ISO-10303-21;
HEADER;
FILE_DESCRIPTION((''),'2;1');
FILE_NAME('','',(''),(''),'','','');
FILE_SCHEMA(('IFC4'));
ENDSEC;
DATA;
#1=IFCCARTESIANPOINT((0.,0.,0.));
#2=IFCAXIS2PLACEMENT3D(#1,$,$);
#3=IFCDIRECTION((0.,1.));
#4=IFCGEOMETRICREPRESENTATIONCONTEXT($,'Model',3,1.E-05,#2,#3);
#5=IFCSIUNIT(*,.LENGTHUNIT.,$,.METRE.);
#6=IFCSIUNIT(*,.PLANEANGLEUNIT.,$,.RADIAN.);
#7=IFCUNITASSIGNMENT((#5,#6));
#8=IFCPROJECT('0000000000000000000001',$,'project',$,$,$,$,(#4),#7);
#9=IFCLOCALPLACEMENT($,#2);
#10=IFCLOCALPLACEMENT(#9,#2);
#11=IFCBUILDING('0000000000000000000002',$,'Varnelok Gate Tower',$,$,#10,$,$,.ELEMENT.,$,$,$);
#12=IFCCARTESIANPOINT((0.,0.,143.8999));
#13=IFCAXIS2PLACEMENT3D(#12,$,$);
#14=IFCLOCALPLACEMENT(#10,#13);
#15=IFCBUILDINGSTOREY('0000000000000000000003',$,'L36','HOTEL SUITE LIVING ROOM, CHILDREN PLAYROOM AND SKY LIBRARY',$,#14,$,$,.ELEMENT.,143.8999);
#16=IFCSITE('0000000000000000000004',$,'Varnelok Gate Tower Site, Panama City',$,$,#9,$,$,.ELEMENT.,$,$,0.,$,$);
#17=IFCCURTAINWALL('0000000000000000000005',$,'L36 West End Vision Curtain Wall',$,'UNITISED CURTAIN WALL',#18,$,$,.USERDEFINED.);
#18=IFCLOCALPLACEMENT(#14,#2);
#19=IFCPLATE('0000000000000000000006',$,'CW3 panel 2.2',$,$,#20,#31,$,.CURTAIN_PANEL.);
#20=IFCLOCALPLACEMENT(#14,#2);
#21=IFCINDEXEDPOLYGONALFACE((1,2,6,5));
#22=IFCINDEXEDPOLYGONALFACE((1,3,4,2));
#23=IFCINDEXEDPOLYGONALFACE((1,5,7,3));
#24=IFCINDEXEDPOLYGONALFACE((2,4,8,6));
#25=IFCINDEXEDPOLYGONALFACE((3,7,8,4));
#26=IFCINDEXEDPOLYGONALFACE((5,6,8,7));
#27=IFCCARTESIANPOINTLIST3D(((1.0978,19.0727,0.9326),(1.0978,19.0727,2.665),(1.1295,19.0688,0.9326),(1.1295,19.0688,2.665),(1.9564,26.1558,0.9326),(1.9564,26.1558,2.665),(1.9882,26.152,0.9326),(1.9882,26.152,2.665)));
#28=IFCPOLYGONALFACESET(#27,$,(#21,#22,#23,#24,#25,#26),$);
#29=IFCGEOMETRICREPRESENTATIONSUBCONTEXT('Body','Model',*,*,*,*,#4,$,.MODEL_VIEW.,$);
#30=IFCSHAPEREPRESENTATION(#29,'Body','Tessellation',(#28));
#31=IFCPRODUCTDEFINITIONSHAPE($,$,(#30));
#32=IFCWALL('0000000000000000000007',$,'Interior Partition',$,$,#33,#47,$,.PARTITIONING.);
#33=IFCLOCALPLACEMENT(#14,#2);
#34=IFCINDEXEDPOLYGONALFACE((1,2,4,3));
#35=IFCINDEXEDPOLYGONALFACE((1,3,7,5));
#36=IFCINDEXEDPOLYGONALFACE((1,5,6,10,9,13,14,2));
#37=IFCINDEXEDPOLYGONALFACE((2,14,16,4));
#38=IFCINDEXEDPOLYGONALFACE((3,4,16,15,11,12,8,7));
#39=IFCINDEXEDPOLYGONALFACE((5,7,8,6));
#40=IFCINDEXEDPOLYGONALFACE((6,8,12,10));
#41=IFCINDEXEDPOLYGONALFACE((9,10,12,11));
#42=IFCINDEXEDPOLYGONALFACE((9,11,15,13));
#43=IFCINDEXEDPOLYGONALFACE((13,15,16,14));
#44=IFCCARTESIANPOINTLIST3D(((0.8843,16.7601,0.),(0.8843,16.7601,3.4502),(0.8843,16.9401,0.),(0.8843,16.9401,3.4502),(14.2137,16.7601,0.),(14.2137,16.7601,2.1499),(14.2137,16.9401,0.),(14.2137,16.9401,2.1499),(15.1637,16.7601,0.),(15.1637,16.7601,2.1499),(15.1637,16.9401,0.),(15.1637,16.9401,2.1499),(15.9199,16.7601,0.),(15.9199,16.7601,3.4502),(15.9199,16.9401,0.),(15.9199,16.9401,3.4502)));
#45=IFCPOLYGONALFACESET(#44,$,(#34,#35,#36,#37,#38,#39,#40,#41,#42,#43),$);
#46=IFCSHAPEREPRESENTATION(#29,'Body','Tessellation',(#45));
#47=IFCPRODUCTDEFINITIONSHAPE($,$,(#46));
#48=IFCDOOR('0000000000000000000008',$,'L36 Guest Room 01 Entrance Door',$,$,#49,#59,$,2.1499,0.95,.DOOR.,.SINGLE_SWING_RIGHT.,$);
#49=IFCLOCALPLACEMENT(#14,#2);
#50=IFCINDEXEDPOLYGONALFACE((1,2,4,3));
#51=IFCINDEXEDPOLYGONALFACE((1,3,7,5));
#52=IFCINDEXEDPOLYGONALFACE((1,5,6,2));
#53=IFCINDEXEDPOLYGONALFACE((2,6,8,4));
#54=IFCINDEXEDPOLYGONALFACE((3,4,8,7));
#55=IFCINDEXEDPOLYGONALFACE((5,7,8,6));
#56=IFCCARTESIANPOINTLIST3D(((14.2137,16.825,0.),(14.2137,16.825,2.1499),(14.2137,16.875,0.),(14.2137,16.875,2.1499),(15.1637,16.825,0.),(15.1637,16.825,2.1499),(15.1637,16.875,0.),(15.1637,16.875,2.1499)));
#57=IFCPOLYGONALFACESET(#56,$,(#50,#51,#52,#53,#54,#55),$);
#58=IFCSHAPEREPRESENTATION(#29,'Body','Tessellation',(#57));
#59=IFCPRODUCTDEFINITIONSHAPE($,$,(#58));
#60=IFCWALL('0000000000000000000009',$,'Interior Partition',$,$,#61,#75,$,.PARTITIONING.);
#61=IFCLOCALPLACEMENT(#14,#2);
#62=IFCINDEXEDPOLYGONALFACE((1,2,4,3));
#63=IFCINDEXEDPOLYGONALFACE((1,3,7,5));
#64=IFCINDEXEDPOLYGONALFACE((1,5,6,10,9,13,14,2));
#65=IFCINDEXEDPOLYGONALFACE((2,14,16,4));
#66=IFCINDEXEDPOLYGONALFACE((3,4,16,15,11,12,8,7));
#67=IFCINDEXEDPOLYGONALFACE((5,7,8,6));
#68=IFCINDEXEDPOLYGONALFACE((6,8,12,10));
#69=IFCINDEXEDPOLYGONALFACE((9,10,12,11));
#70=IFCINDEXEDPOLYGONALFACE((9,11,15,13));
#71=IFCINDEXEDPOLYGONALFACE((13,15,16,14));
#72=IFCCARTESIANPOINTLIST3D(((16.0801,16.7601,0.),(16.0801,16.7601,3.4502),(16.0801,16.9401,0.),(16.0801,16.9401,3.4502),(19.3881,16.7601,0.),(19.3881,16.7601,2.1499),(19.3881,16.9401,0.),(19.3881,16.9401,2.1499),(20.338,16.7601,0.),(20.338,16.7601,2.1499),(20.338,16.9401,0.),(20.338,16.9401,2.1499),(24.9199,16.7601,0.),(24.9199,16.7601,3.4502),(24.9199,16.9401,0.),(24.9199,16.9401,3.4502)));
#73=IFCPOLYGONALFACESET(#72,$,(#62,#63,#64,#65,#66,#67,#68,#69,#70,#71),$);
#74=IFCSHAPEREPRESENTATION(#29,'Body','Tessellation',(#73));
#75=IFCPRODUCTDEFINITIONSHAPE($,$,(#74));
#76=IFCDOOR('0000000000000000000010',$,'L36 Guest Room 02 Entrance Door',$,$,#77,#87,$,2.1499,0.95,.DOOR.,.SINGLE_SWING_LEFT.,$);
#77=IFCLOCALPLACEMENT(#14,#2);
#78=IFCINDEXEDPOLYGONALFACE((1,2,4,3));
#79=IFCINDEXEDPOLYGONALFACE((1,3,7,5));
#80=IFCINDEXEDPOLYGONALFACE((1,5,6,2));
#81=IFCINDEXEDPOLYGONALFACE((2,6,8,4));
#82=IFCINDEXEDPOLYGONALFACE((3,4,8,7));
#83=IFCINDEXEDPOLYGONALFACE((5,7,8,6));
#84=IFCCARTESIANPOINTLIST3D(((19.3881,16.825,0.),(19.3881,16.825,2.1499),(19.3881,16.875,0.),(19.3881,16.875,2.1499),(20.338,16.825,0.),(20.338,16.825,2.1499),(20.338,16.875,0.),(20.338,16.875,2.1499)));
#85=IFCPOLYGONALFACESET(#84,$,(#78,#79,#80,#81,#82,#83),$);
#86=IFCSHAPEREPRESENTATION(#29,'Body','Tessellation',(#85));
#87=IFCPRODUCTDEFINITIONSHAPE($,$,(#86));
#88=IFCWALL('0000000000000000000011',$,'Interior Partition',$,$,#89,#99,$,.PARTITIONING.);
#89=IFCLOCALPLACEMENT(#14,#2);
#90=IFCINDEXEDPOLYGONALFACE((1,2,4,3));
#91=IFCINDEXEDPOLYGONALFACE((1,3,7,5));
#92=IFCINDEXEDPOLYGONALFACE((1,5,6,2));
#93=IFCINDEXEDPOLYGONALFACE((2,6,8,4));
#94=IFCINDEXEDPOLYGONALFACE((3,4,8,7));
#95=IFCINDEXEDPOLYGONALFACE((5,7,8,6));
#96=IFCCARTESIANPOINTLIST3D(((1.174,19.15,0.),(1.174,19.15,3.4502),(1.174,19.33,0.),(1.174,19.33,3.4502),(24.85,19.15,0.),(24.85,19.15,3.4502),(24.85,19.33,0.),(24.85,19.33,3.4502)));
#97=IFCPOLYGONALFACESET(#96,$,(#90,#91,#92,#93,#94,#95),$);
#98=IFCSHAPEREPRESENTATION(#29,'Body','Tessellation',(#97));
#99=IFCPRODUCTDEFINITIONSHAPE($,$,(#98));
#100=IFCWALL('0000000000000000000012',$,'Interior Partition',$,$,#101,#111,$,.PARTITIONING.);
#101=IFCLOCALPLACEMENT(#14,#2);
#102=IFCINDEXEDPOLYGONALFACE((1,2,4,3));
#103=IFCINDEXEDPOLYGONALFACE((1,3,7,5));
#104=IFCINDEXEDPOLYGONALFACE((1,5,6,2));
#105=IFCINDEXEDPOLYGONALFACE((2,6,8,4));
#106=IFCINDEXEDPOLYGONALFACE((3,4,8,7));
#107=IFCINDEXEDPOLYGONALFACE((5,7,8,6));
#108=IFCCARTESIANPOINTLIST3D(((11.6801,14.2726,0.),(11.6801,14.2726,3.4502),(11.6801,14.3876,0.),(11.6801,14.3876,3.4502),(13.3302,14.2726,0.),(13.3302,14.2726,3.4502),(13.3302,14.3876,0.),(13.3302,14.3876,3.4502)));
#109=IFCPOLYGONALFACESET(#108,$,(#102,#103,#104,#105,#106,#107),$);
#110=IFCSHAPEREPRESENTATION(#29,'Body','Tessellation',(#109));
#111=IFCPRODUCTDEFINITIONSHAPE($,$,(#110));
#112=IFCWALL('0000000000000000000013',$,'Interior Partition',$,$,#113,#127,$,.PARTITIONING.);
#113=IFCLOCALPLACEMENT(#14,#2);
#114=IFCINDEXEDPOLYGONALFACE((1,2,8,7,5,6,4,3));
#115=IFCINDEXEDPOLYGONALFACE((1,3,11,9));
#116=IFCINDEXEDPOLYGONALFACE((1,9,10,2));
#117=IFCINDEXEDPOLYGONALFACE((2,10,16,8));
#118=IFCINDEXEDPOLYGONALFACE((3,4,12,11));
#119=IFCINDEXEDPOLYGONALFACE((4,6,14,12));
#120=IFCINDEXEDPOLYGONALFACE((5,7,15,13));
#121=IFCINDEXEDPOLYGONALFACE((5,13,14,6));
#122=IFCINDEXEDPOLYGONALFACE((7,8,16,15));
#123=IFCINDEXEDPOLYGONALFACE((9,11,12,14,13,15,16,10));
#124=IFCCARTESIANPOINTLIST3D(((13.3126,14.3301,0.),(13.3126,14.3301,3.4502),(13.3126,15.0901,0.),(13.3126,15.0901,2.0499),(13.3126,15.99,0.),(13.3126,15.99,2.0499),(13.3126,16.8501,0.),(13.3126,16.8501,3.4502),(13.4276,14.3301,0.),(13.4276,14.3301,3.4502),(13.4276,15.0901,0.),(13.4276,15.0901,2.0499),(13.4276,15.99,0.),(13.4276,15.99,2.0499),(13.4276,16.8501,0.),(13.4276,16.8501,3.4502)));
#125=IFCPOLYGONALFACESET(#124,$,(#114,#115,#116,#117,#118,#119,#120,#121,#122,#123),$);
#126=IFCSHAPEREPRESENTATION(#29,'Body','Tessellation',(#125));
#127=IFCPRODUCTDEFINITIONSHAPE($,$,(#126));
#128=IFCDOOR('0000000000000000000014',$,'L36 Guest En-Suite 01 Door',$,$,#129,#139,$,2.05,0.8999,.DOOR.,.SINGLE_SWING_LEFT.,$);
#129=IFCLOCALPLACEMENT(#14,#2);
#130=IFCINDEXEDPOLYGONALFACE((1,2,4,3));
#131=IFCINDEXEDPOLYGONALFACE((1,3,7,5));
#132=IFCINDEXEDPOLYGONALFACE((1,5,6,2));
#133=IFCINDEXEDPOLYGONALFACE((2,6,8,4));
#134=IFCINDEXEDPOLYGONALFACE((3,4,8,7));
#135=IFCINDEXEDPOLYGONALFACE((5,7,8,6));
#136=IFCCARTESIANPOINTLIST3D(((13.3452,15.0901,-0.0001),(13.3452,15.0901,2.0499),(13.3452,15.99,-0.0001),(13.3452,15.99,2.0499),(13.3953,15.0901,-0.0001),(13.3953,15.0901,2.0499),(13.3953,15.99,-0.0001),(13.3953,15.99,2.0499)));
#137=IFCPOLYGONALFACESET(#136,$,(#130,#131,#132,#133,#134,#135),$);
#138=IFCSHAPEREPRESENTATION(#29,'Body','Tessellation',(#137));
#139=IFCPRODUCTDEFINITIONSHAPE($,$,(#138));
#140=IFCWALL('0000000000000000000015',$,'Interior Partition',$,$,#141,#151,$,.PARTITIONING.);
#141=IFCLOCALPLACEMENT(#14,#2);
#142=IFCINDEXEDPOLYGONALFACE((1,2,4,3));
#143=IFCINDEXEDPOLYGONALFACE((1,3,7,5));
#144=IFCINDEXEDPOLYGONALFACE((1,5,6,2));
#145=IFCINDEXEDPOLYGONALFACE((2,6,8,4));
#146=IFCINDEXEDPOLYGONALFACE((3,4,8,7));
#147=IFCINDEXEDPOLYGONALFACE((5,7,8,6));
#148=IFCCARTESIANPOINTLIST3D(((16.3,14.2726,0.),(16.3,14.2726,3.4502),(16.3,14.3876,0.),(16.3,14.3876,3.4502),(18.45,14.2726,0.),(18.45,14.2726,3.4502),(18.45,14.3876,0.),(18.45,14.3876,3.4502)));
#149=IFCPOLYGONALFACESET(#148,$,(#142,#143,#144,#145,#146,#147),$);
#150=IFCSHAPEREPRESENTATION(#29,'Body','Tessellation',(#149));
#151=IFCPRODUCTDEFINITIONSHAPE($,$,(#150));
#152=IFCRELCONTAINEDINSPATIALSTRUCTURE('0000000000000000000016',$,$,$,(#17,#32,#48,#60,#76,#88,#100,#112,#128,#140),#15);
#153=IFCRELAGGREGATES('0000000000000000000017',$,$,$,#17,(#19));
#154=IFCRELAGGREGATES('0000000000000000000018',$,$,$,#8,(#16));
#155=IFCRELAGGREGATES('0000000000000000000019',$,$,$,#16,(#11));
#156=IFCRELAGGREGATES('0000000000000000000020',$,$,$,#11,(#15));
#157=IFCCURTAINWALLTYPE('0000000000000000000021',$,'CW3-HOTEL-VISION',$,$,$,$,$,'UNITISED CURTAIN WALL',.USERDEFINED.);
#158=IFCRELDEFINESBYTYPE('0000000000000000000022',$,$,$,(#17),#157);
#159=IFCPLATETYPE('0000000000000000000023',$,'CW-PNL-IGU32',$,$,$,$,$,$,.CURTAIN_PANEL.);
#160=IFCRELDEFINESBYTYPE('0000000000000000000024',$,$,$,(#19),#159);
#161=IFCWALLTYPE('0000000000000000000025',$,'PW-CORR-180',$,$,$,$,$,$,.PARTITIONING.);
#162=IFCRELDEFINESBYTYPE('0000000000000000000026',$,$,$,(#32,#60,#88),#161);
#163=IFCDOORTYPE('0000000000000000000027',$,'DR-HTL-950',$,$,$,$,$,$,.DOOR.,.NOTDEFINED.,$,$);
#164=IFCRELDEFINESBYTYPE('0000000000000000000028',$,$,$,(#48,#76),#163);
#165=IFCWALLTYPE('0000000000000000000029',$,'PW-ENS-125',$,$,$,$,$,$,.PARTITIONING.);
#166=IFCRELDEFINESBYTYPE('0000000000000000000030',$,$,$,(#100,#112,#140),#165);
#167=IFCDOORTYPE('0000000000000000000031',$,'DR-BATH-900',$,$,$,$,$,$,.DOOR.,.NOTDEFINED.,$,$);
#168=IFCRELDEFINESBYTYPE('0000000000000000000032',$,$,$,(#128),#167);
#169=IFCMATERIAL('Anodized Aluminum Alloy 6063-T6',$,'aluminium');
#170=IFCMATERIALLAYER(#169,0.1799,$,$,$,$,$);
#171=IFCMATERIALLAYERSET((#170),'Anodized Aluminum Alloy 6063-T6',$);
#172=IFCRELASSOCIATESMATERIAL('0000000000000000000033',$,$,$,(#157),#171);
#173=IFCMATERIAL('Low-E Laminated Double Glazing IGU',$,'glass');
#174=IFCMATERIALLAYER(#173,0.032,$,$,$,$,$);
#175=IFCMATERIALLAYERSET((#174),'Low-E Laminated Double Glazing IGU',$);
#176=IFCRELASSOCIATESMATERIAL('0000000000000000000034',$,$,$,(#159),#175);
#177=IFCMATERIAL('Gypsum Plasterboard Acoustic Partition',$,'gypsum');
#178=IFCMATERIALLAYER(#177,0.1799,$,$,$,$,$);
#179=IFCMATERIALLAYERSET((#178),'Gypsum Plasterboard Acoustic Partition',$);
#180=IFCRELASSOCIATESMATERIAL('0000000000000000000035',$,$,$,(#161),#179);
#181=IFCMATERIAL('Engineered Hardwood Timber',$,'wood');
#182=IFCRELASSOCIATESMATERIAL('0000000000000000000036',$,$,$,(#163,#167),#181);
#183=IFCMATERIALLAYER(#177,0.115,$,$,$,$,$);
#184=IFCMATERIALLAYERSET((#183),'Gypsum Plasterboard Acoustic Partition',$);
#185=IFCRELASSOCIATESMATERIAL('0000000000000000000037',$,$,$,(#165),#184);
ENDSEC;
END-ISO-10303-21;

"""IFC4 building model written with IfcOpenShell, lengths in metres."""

from ifc_helpers import new_model, si_unit, direction, frame, frame_2d, origin, origin_2d, place, context, subcontext, project, spatial, rectangle, extrude, source, transform, mapped, material, layer, layer_set, type_object, element, fill, aggregate, save


model = new_model("IFC4")

# Units and contexts
model_context = context("Model", 3, precision=1e-05, world=origin(), true_north=direction((0.0, 1.0)))
body_context = subcontext(model_context, "Body", "Model", "MODEL_VIEW")
ifc_project = project(units=[si_unit("LENGTHUNIT", "METRE"), si_unit("PLANEANGLEUNIT", "RADIAN")], contexts=[model_context])

# Site, building, storey
site_placement = place(None, origin())
site = spatial("IfcSite", under=ifc_project, at=site_placement, Name="Varnelok Gate Tower Site, Panama City", CompositionType="ELEMENT", RefElevation=0.0)
building_placement = place(site_placement, origin())
building = spatial("IfcBuilding", under=site, at=building_placement, Name="Varnelok Gate Tower", CompositionType="ELEMENT")
storey_placement = place(building_placement, frame((0.0, 0.0, 143.8999)))
storey = spatial("IfcBuildingStorey", under=building, at=storey_placement, Name="L36", Description="HOTEL SUITE LIVING ROOM, CHILDREN PLAYROOM AND SKY LIBRARY", CompositionType="ELEMENT", Elevation=143.8999)

# Curtain wall, plate
ifc_material_1 = material(Name="Anodized Aluminum Alloy 6063-T6", Category="aluminium")
ifc_layer_1 = layer(ifc_material_1, 0.1799)
ifc_layer_set_1 = layer_set([ifc_layer_1], Name="Anodized Aluminum Alloy 6063-T6")
curtain_wall_type = type_object("IfcCurtainWallType", Name="CW3-HOTEL-VISION", ElementType="UNITISED CURTAIN WALL", PredefinedType="USERDEFINED", material=ifc_layer_set_1)
curtain_wall_placement = place(storey_placement, origin())
curtain_wall = element("IfcCurtainWall", 1, at=curtain_wall_placement, inside=storey, type_object=curtain_wall_type, Name="L36 West End Vision Curtain Wall", ObjectType="UNITISED CURTAIN WALL", PredefinedType="USERDEFINED")
ifc_material_2 = material(Name="Low-E Laminated Double Glazing IGU", Category="glass")
ifc_layer_2 = layer(ifc_material_2, 0.032)
ifc_layer_set_2 = layer_set([ifc_layer_2], Name="Low-E Laminated Double Glazing IGU")
plate_type = type_object("IfcPlateType", Name="CW-PNL-IGU32", PredefinedType="CURTAIN_PANEL", material=ifc_layer_set_2)
shared_shape_1 = source(origin(), body_context, "Body", "SweptSolid", [
    extrude(rectangle(XDim=7.135, YDim=0.032, at=origin_2d()), origin(), (0.0, 0.0, 1.0), 1.7324),
])
plate_1_placement = place(storey_placement, frame((1.543, 22.6123, 0.9326), z_axis=(0.0, 0.0, 1.0), x_axis=(0.120347, 0.992732, 0.0)))
plate_1 = element("IfcPlate", 2, at=plate_1_placement, type_object=plate_type, Name="CW3 panel 2.2", PredefinedType="CURTAIN_PANEL", context=body_context, shape_type="MappedRepresentation", body=[
    mapped(shared_shape_1, transform((0.0, 0.0, 0.0), scale=1.0)),
])
aggregate(curtain_wall, [plate_1])

# Walls, openings, doors
ifc_material_3 = material(Name="Gypsum Plasterboard Acoustic Partition", Category="gypsum")
ifc_layer_3 = layer(ifc_material_3, 0.1799)
ifc_layer_set_3 = layer_set([ifc_layer_3], Name="Gypsum Plasterboard Acoustic Partition")
wall_type_1 = type_object("IfcWallType", Name="PW-CORR-180", PredefinedType="PARTITIONING", material=ifc_layer_set_3)
wall_1_placement = place(storey_placement, frame((0.8843, 16.8501, 0.0), z_axis=(0.0, 0.0, 1.0), x_axis=(1.0, 0.0, 0.0)))
wall_1 = element("IfcWall", 3, at=wall_1_placement, inside=storey, type_object=wall_type_1, Name="Interior Partition", PredefinedType="PARTITIONING", context=body_context, shape_type="SweptSolid", body=[
    extrude(rectangle(XDim=15.0356, YDim=0.1799, at=frame_2d((7.5178, 0.0))), origin(), (0.0, 0.0, 1.0), 3.4502),
])
opening_1_placement = place(wall_1_placement, frame((13.3293, 0.0, 0.0)))
opening_1 = element("IfcOpeningElement", 4, at=opening_1_placement, cuts=wall_1, PredefinedType="OPENING", context=body_context, shape_type="SweptSolid", body=[
    extrude(rectangle(XDim=0.95, YDim=2.1499, at=frame_2d((0.4751, 1.075))), frame((0.0, 0.0999, 0.0), z_axis=(0.0, -1.0, 0.0), x_axis=(1.0, 0.0, 0.0)), (0.0, 0.0, 1.0), 0.2),
])
ifc_material_4 = material(Name="Engineered Hardwood Timber", Category="wood")
door_type_1 = type_object("IfcDoorType", Name="DR-HTL-950", OperationType="NOTDEFINED", PredefinedType="DOOR", material=ifc_material_4)
door_1_placement = place(opening_1_placement, origin())
door_1 = element("IfcDoor", 5, at=door_1_placement, inside=storey, type_object=door_type_1, Name="L36 Guest Room 01 Entrance Door", OperationType="SINGLE_SWING_RIGHT", OverallHeight=2.1499, OverallWidth=0.95, PredefinedType="DOOR", context=body_context, shape_type="SweptSolid", body=[
    extrude(rectangle(XDim=0.95, YDim=2.1499, at=frame_2d((0.4751, 1.075))), frame((0.0, 0.0249, 0.0), z_axis=(0.0, -1.0, 0.0), x_axis=(1.0, 0.0, 0.0)), (0.0, 0.0, 1.0), 0.05),
])
fill(opening_1, door_1)
wall_2_placement = place(storey_placement, frame((16.0801, 16.8501, 0.0), z_axis=(0.0, 0.0, 1.0), x_axis=(1.0, 0.0, 0.0)))
wall_2 = element("IfcWall", 6, at=wall_2_placement, inside=storey, type_object=wall_type_1, Name="Interior Partition", PredefinedType="PARTITIONING", context=body_context, shape_type="SweptSolid", body=[
    extrude(rectangle(XDim=8.8398, YDim=0.1799, at=frame_2d((4.4199, 0.0))), origin(), (0.0, 0.0, 1.0), 3.4502),
])
opening_2_placement = place(wall_2_placement, frame((3.3079, 0.0, 0.0)))
opening_2 = element("IfcOpeningElement", 7, at=opening_2_placement, cuts=wall_2, PredefinedType="OPENING", context=body_context, shape_type="SweptSolid", body=[
    extrude(rectangle(XDim=0.95, YDim=2.1499, at=frame_2d((0.4751, 1.075))), frame((0.0, 0.0999, 0.0), z_axis=(0.0, -1.0, 0.0), x_axis=(1.0, 0.0, 0.0)), (0.0, 0.0, 1.0), 0.2),
])
door_2_placement = place(opening_2_placement, origin())
door_2 = element("IfcDoor", 8, at=door_2_placement, inside=storey, type_object=door_type_1, Name="L36 Guest Room 02 Entrance Door", OperationType="SINGLE_SWING_LEFT", OverallHeight=2.1499, OverallWidth=0.95, PredefinedType="DOOR", context=body_context, shape_type="SweptSolid", body=[
    extrude(rectangle(XDim=0.95, YDim=2.1499, at=frame_2d((0.4751, 1.075))), frame((0.0, 0.0249, 0.0), z_axis=(0.0, -1.0, 0.0), x_axis=(1.0, 0.0, 0.0)), (0.0, 0.0, 1.0), 0.05),
])
fill(opening_2, door_2)

# Walls
wall_3_placement = place(storey_placement, frame((1.1741, 19.24, 0.0), z_axis=(0.0, 0.0, 1.0), x_axis=(1.0, 0.0, 0.0)))
element("IfcWall", 9, at=wall_3_placement, inside=storey, type_object=wall_type_1, Name="Interior Partition", PredefinedType="PARTITIONING", context=body_context, shape_type="SweptSolid", body=[
    extrude(rectangle(XDim=23.676, YDim=0.1799, at=frame_2d((11.8379, 0.0))), origin(), (0.0, 0.0, 1.0), 3.4502),
])
ifc_layer_4 = layer(ifc_material_3, 0.115)
ifc_layer_set_4 = layer_set([ifc_layer_4], Name="Gypsum Plasterboard Acoustic Partition")
wall_type_2 = type_object("IfcWallType", Name="PW-ENS-125", PredefinedType="PARTITIONING", material=ifc_layer_set_4)
wall_4_placement = place(storey_placement, frame((11.6799, 14.3301, 0.0), z_axis=(0.0, 0.0, 1.0), x_axis=(1.0, 0.0, 0.0)))
element("IfcWall", 10, at=wall_4_placement, inside=storey, type_object=wall_type_2, Name="Interior Partition", PredefinedType="PARTITIONING", context=body_context, shape_type="SweptSolid", body=[
    extrude(rectangle(XDim=1.6501, YDim=0.115, at=frame_2d((0.8252, 0.0))), origin(), (0.0, 0.0, 1.0), 3.4502),
])

# Wall, opening, door
wall_5_placement = place(storey_placement, frame((13.3701, 14.3301, 0.0), z_axis=(0.0, 0.0, 1.0), x_axis=(0.0, 1.0, 0.0)))
wall_5 = element("IfcWall", 11, at=wall_5_placement, inside=storey, type_object=wall_type_2, Name="Interior Partition", PredefinedType="PARTITIONING", context=body_context, shape_type="SweptSolid", body=[
    extrude(rectangle(XDim=2.52, YDim=0.115, at=frame_2d((1.26, 0.0))), origin(), (0.0, 0.0, 1.0), 3.4502),
])
opening_3_placement = place(wall_5_placement, frame((0.76, 0.0, 0.0)))
opening_3 = element("IfcOpeningElement", 12, at=opening_3_placement, cuts=wall_5, PredefinedType="OPENING", context=body_context, shape_type="SweptSolid", body=[
    extrude(rectangle(XDim=0.8999, YDim=2.05, at=frame_2d((0.45, 1.0249))), frame((0.0, 0.0674, 0.0), z_axis=(0.0, -1.0, 0.0), x_axis=(1.0, 0.0, 0.0)), (0.0, 0.0, 1.0), 0.135),
])
door_type_2 = type_object("IfcDoorType", Name="DR-BATH-900", OperationType="NOTDEFINED", PredefinedType="DOOR", material=ifc_material_4)
door_3_placement = place(opening_3_placement, origin())
door_3 = element("IfcDoor", 13, at=door_3_placement, inside=storey, type_object=door_type_2, Name="L36 Guest En-Suite 01 Door", OperationType="SINGLE_SWING_LEFT", OverallHeight=2.05, OverallWidth=0.8999, PredefinedType="DOOR", context=body_context, shape_type="SweptSolid", body=[
    extrude(rectangle(XDim=0.8999, YDim=2.05, at=frame_2d((0.45, 1.0249))), frame((0.0, 0.0249, 0.0), z_axis=(0.0, -1.0, 0.0), x_axis=(1.0, 0.0, 0.0)), (0.0, 0.0, 1.0), 0.05),
])
fill(opening_3, door_3)

# Wall
wall_6_placement = place(storey_placement, frame((16.3, 14.3301, 0.0), z_axis=(0.0, 0.0, 1.0), x_axis=(1.0, 0.0, 0.0)))
element("IfcWall", 14, at=wall_6_placement, inside=storey, type_object=wall_type_2, Name="Interior Partition", PredefinedType="PARTITIONING", context=body_context, shape_type="SweptSolid", body=[
    extrude(rectangle(XDim=2.1499, YDim=0.115, at=frame_2d((1.075, 0.0))), origin(), (0.0, 0.0, 1.0), 3.4502),
])

save(model, "model.ifc")
